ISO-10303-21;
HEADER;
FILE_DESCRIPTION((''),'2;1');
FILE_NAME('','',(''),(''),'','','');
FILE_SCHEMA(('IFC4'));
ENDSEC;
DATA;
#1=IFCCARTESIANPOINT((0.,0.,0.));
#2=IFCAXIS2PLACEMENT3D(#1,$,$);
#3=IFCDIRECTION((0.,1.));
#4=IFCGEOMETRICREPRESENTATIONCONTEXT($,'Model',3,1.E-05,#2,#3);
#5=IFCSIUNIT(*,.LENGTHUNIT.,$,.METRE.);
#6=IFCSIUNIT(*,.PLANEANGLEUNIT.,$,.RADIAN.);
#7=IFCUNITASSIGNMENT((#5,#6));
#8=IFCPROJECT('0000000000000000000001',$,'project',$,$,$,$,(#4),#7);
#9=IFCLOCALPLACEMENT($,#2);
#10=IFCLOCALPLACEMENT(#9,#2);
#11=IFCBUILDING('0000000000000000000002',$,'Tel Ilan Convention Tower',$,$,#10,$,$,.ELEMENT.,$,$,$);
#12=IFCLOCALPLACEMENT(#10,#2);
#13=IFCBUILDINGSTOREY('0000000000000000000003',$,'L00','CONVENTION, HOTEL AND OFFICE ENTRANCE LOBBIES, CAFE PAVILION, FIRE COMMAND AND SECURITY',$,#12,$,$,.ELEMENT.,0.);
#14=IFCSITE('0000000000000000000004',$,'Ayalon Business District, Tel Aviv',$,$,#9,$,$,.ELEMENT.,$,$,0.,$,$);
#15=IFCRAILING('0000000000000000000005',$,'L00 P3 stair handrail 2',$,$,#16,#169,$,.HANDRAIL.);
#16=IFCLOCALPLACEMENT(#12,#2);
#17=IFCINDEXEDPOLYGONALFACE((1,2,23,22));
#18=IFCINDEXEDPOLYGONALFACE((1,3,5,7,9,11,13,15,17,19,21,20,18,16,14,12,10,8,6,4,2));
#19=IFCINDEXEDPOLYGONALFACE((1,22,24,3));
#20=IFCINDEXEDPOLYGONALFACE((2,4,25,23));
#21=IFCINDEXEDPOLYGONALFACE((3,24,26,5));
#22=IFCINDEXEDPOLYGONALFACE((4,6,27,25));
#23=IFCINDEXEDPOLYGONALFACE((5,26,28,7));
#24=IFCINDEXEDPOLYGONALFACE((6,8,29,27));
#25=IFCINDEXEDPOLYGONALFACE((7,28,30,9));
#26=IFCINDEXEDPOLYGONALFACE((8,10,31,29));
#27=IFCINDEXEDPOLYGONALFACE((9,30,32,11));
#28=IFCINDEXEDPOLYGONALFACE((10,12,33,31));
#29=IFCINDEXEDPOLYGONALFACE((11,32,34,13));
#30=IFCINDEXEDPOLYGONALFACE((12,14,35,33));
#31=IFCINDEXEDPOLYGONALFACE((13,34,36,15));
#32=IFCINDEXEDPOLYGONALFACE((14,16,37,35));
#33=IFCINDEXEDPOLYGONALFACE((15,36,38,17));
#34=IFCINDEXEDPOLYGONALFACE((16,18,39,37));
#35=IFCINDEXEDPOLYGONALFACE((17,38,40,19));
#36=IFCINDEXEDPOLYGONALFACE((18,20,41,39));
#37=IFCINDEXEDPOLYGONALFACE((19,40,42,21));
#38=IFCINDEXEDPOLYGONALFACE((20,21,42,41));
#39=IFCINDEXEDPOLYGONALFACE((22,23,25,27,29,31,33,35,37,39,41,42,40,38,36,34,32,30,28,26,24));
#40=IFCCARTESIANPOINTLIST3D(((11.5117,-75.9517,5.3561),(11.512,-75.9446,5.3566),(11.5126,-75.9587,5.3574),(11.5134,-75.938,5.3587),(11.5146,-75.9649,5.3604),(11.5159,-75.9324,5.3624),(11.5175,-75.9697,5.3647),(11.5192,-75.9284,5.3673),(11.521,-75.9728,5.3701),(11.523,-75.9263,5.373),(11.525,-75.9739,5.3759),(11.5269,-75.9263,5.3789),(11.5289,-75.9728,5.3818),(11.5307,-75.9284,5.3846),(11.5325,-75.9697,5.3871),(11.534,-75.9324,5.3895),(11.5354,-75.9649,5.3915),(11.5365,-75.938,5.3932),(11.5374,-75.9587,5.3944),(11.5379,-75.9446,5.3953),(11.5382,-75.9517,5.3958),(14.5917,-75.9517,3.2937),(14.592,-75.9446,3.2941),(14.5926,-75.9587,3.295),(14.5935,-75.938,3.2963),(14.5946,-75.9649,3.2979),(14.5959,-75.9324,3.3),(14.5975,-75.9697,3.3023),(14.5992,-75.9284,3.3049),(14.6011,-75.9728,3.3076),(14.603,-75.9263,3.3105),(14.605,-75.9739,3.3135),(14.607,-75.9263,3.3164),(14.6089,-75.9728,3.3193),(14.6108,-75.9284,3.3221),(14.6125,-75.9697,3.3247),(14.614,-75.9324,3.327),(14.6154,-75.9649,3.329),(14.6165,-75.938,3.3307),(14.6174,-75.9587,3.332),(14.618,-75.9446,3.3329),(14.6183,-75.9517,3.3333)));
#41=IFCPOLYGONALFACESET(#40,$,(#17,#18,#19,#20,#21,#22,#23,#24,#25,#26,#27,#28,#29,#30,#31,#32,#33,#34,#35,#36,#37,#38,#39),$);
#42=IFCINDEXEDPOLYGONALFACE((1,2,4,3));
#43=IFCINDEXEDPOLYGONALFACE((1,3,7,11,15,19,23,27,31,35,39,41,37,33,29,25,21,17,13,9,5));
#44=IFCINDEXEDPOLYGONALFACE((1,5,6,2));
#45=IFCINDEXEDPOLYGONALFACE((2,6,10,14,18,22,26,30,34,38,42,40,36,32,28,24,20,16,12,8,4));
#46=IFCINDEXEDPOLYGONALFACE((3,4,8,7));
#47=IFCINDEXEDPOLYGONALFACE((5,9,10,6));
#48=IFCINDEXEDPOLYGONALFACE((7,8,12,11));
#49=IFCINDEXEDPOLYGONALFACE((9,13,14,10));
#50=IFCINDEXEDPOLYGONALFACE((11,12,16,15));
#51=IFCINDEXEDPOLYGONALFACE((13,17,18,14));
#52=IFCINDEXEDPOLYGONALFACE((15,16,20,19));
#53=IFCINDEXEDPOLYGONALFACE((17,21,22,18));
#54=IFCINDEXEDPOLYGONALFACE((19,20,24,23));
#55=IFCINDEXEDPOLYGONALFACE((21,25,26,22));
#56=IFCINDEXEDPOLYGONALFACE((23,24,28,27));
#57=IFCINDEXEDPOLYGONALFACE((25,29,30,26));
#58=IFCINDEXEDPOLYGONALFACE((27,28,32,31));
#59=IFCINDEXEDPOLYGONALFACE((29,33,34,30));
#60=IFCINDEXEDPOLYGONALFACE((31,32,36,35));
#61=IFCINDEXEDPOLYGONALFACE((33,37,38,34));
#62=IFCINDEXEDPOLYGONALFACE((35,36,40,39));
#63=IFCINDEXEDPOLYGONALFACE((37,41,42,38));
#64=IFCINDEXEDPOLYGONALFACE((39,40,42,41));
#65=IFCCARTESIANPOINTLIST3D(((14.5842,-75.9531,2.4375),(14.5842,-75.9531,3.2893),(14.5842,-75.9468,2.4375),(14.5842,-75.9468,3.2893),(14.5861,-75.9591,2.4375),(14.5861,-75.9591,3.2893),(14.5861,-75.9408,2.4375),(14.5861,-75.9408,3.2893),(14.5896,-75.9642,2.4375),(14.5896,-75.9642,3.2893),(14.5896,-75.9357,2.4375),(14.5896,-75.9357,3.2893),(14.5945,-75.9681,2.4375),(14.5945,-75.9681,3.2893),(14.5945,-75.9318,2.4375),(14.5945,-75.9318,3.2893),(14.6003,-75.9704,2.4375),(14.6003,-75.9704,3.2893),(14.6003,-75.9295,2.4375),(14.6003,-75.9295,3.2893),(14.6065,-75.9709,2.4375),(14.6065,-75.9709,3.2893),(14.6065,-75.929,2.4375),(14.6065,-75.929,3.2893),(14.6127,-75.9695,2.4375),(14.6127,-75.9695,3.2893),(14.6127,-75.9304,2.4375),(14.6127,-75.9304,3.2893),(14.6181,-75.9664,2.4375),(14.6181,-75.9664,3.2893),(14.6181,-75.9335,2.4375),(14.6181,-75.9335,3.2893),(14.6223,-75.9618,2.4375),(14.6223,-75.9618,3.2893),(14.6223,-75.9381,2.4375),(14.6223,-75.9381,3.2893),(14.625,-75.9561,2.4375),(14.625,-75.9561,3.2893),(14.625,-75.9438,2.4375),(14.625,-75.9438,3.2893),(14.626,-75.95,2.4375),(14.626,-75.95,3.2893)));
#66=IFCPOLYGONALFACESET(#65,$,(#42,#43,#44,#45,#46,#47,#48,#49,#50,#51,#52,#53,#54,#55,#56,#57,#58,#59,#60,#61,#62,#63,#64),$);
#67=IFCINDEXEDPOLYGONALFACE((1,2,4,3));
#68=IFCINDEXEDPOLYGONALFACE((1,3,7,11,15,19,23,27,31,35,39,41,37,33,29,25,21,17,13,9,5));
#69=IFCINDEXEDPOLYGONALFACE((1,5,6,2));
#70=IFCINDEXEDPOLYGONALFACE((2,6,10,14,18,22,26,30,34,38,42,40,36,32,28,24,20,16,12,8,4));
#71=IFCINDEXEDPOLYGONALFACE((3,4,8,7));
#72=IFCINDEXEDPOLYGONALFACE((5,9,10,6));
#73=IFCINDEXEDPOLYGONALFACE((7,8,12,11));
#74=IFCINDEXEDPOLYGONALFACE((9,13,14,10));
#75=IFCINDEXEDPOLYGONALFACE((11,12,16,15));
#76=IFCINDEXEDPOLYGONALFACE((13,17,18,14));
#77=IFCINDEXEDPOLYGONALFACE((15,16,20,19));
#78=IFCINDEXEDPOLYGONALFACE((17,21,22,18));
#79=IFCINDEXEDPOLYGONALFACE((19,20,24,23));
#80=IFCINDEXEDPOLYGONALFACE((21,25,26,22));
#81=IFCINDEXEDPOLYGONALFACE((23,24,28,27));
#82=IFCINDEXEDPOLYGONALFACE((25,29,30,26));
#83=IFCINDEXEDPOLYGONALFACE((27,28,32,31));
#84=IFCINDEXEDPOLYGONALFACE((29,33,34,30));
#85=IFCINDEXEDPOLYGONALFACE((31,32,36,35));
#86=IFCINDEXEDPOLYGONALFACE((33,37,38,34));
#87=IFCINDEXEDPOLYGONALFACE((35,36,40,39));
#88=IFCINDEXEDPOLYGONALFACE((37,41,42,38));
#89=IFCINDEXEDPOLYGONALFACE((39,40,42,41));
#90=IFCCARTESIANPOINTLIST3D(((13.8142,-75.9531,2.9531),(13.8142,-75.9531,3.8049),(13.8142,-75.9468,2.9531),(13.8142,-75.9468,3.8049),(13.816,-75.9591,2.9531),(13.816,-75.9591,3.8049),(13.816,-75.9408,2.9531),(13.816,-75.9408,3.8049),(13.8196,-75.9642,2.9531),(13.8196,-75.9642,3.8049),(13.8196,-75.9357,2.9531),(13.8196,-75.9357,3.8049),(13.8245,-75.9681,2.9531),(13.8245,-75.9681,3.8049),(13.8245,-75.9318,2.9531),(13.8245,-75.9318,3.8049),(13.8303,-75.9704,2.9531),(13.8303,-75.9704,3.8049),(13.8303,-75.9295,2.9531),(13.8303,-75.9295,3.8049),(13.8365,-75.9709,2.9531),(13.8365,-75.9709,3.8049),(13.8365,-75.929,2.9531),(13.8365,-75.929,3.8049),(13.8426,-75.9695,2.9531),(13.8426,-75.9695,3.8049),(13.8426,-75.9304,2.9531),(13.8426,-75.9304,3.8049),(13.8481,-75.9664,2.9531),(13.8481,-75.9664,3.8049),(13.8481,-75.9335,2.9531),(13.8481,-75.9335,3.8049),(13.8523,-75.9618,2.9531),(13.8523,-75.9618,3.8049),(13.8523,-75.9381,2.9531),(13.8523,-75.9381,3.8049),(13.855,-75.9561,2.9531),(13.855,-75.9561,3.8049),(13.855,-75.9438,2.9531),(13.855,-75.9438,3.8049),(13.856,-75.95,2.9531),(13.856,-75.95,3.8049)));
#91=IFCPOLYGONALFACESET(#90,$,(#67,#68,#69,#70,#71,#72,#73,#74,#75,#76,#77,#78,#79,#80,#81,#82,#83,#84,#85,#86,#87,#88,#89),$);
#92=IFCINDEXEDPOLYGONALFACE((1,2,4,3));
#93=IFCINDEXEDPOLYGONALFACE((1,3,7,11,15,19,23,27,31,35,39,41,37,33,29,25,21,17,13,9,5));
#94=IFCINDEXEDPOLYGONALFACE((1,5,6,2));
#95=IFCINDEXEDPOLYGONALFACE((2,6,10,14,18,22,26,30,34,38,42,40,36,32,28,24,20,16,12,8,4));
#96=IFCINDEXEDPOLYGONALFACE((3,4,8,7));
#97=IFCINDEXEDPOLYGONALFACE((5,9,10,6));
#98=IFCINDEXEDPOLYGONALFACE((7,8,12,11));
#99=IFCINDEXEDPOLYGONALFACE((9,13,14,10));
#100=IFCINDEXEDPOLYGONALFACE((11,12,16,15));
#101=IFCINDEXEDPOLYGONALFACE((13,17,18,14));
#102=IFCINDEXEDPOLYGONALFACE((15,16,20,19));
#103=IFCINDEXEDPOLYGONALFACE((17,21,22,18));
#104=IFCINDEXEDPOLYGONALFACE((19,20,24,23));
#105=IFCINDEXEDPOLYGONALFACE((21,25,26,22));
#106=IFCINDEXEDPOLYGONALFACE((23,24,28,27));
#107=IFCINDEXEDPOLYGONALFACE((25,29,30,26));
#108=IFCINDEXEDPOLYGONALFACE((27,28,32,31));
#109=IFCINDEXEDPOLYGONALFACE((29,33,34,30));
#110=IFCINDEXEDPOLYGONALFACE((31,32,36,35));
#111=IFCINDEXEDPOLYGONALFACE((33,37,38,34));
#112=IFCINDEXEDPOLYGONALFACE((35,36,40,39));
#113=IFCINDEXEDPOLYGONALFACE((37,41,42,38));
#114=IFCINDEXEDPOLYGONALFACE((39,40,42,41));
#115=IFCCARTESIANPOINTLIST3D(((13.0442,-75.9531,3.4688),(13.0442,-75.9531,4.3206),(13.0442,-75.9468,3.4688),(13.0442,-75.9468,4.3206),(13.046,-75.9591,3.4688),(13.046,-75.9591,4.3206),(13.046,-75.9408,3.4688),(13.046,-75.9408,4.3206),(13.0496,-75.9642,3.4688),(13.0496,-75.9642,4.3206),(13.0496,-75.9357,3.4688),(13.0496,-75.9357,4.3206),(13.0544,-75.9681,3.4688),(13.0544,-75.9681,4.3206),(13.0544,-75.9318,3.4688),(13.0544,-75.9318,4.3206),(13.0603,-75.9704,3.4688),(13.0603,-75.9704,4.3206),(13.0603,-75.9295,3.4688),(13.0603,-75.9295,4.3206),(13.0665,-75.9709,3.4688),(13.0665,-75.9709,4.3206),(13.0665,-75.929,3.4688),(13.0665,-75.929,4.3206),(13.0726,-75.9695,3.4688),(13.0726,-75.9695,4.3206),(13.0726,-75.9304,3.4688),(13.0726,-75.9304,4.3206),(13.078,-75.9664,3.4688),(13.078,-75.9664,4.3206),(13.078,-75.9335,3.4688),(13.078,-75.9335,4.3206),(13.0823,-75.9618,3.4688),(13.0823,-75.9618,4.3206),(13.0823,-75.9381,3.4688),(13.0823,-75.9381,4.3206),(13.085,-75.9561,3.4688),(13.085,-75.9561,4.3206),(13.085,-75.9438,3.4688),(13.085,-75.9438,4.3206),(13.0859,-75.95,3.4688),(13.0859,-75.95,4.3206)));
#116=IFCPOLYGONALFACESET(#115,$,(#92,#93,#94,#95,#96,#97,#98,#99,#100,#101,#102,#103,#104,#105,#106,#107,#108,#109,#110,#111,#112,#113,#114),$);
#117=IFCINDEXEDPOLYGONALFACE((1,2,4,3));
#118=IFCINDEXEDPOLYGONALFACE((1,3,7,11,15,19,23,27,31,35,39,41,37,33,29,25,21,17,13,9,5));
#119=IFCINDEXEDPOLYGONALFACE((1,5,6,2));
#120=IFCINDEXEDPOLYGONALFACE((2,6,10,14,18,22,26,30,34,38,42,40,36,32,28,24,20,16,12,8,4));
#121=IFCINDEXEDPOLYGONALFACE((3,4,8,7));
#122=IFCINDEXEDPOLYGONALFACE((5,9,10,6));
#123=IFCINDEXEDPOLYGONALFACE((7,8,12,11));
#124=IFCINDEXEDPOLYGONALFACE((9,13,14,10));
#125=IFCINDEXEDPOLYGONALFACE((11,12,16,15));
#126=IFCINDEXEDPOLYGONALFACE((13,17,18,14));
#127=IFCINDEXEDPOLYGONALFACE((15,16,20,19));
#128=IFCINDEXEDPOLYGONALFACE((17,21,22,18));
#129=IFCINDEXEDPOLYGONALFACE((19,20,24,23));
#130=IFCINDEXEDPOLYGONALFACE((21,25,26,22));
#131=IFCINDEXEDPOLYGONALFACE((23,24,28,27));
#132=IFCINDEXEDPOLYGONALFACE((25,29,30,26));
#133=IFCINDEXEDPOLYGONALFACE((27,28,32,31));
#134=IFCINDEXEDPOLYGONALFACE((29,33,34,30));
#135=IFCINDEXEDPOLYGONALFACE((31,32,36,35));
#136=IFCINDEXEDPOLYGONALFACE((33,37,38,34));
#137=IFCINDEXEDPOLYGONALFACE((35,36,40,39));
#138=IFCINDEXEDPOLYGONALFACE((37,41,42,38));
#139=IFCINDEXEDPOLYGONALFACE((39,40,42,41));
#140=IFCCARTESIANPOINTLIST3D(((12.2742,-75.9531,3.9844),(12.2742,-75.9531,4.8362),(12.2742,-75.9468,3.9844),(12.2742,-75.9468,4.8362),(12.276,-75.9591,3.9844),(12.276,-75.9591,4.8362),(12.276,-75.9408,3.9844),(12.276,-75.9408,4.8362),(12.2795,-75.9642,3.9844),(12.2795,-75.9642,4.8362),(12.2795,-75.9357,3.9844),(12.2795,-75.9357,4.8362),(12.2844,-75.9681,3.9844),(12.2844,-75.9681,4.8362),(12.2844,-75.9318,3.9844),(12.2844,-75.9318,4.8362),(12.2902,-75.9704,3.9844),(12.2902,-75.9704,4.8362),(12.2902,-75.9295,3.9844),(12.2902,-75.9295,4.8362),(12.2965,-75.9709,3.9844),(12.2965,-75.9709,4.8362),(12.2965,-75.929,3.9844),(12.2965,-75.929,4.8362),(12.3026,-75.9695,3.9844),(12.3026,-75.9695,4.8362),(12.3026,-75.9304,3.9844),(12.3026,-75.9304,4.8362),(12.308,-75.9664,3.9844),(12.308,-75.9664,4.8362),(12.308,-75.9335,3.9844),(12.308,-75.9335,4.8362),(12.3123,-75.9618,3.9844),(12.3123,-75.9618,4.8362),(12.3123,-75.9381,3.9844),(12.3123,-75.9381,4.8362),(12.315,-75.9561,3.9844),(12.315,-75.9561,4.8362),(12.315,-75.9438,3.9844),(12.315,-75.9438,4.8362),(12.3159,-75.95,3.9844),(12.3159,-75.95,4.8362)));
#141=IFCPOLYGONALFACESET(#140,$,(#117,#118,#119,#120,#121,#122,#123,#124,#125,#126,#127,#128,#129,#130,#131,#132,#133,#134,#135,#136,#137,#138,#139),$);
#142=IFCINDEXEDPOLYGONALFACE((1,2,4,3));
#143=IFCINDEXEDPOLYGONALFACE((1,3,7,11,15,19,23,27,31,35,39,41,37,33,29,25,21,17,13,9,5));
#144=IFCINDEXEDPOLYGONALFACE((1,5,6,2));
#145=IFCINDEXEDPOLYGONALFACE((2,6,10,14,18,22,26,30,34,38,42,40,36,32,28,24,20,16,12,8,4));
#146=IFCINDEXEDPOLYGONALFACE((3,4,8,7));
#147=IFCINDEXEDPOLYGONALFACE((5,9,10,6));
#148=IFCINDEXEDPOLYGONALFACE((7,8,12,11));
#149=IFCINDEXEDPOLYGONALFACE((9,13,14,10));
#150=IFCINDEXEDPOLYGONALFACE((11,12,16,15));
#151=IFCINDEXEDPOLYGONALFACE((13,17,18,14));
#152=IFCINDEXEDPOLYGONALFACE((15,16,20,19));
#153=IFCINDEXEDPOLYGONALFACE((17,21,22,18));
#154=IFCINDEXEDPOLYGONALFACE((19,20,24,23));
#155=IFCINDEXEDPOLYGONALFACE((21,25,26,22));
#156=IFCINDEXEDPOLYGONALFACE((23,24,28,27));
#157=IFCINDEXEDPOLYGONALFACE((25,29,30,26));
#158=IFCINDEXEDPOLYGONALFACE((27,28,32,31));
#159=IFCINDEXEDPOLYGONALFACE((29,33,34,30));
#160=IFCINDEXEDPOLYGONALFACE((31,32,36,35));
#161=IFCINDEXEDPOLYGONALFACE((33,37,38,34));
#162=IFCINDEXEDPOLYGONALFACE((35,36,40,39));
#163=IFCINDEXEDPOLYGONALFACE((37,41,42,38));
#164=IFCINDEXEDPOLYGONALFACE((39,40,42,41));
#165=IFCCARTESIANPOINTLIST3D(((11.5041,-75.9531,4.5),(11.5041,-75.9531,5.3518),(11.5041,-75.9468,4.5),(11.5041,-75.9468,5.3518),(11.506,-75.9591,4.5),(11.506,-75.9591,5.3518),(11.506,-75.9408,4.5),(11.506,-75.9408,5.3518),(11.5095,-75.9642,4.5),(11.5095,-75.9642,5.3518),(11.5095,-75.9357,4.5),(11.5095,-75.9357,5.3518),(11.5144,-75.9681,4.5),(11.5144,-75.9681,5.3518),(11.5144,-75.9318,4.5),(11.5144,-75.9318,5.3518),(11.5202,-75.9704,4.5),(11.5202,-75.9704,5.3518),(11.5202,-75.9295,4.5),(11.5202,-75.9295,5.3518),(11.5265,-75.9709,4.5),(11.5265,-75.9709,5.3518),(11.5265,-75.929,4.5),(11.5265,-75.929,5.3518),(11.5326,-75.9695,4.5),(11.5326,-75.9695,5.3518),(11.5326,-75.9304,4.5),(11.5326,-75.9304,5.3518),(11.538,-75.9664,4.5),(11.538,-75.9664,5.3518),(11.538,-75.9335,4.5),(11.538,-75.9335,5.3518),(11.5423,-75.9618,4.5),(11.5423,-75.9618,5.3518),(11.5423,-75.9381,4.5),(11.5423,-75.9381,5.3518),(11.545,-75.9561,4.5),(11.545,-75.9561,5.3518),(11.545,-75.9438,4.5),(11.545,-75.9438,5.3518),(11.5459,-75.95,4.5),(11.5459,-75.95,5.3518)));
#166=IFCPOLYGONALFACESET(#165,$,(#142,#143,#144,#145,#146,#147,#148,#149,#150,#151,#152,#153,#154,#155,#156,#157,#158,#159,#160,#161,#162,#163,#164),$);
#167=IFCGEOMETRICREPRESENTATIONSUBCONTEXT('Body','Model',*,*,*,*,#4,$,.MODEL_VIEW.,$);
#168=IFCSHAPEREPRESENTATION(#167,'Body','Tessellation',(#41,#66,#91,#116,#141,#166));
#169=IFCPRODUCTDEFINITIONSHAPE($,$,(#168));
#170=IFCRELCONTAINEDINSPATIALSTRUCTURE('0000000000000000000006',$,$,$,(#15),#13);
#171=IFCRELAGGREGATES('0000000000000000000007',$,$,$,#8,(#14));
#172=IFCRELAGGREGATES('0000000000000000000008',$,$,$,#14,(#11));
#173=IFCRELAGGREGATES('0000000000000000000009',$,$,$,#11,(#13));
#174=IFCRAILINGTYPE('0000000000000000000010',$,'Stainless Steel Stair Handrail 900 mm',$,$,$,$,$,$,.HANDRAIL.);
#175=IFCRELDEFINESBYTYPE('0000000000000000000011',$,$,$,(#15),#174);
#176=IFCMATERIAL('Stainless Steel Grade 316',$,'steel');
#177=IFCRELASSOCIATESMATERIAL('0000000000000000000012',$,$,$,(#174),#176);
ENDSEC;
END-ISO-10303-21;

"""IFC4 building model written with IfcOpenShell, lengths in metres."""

from ifc_helpers import new_model, si_unit, direction, frame, origin, origin_2d, place, context, subcontext, project, spatial, circle, extrude, material, type_object, element, save


model = new_model("IFC4")

# Units and contexts
model_context = context("Model", 3, precision=1e-05, world=origin(), true_north=direction((0.0, 1.0)))
body_context = subcontext(model_context, "Body", "Model", "MODEL_VIEW")
ifc_project = project(units=[si_unit("LENGTHUNIT", "METRE"), si_unit("PLANEANGLEUNIT", "RADIAN")], contexts=[model_context])

# Site, building, storey
site_placement = place(None, origin())
site = spatial("IfcSite", under=ifc_project, at=site_placement, Name="Ayalon Business District, Tel Aviv", CompositionType="ELEMENT", RefElevation=0.0)
building_placement = place(site_placement, origin())
building = spatial("IfcBuilding", under=site, at=building_placement, Name="Tel Ilan Convention Tower", CompositionType="ELEMENT")
storey_placement = place(building_placement, origin())
storey = spatial("IfcBuildingStorey", under=building, at=storey_placement, Name="L00", Description="CONVENTION, HOTEL AND OFFICE ENTRANCE LOBBIES, CAFE PAVILION, FIRE COMMAND AND SECURITY", CompositionType="ELEMENT", Elevation=0.0)

# Railing
ifc_material_1 = material(Name="Stainless Steel Grade 316", Category="steel")
railing_type_1 = type_object("IfcRailingType", Name="Stainless Steel Stair Handrail 900 mm", PredefinedType="HANDRAIL", material=ifc_material_1)
for number, where, name in (
    (1, (14.605, -75.95, 2.4375), "L00 P3 stair handrail 2"),
):
    element("IfcRailing", number, at=place(storey_placement, frame(where)), inside=storey, type_object=railing_type_1, Name=name, PredefinedType="HANDRAIL", context=body_context, shape_type="SweptSolid", body=[
        extrude(circle(Radius=0.0239, at=origin_2d()), frame((0.0, 0.0, 0.876), z_axis=(-0.830914, 0.0, 0.556401), x_axis=(0.0, -1.0, 0.0)), (0.0, 0.0, 1.0), 3.7068),
        extrude(circle(Radius=0.021, at=origin_2d()), origin(), (0.0, 0.0, 1.0), 0.8518),
        extrude(circle(Radius=0.021, at=origin_2d()), frame((-0.77, 0.0, 0.5156)), (0.0, 0.0, 1.0), 0.8518),
        extrude(circle(Radius=0.021, at=origin_2d()), frame((-1.54, 0.0, 1.0312)), (0.0, 0.0, 1.0), 0.8518),
        extrude(circle(Radius=0.021, at=origin_2d()), frame((-2.3101, 0.0, 1.5469)), (0.0, 0.0, 1.0), 0.8518),
        extrude(circle(Radius=0.021, at=origin_2d()), frame((-3.0801, 0.0, 2.0625)), (0.0, 0.0, 1.0), 0.8518),
    ])

save(model, "model.ifc")
